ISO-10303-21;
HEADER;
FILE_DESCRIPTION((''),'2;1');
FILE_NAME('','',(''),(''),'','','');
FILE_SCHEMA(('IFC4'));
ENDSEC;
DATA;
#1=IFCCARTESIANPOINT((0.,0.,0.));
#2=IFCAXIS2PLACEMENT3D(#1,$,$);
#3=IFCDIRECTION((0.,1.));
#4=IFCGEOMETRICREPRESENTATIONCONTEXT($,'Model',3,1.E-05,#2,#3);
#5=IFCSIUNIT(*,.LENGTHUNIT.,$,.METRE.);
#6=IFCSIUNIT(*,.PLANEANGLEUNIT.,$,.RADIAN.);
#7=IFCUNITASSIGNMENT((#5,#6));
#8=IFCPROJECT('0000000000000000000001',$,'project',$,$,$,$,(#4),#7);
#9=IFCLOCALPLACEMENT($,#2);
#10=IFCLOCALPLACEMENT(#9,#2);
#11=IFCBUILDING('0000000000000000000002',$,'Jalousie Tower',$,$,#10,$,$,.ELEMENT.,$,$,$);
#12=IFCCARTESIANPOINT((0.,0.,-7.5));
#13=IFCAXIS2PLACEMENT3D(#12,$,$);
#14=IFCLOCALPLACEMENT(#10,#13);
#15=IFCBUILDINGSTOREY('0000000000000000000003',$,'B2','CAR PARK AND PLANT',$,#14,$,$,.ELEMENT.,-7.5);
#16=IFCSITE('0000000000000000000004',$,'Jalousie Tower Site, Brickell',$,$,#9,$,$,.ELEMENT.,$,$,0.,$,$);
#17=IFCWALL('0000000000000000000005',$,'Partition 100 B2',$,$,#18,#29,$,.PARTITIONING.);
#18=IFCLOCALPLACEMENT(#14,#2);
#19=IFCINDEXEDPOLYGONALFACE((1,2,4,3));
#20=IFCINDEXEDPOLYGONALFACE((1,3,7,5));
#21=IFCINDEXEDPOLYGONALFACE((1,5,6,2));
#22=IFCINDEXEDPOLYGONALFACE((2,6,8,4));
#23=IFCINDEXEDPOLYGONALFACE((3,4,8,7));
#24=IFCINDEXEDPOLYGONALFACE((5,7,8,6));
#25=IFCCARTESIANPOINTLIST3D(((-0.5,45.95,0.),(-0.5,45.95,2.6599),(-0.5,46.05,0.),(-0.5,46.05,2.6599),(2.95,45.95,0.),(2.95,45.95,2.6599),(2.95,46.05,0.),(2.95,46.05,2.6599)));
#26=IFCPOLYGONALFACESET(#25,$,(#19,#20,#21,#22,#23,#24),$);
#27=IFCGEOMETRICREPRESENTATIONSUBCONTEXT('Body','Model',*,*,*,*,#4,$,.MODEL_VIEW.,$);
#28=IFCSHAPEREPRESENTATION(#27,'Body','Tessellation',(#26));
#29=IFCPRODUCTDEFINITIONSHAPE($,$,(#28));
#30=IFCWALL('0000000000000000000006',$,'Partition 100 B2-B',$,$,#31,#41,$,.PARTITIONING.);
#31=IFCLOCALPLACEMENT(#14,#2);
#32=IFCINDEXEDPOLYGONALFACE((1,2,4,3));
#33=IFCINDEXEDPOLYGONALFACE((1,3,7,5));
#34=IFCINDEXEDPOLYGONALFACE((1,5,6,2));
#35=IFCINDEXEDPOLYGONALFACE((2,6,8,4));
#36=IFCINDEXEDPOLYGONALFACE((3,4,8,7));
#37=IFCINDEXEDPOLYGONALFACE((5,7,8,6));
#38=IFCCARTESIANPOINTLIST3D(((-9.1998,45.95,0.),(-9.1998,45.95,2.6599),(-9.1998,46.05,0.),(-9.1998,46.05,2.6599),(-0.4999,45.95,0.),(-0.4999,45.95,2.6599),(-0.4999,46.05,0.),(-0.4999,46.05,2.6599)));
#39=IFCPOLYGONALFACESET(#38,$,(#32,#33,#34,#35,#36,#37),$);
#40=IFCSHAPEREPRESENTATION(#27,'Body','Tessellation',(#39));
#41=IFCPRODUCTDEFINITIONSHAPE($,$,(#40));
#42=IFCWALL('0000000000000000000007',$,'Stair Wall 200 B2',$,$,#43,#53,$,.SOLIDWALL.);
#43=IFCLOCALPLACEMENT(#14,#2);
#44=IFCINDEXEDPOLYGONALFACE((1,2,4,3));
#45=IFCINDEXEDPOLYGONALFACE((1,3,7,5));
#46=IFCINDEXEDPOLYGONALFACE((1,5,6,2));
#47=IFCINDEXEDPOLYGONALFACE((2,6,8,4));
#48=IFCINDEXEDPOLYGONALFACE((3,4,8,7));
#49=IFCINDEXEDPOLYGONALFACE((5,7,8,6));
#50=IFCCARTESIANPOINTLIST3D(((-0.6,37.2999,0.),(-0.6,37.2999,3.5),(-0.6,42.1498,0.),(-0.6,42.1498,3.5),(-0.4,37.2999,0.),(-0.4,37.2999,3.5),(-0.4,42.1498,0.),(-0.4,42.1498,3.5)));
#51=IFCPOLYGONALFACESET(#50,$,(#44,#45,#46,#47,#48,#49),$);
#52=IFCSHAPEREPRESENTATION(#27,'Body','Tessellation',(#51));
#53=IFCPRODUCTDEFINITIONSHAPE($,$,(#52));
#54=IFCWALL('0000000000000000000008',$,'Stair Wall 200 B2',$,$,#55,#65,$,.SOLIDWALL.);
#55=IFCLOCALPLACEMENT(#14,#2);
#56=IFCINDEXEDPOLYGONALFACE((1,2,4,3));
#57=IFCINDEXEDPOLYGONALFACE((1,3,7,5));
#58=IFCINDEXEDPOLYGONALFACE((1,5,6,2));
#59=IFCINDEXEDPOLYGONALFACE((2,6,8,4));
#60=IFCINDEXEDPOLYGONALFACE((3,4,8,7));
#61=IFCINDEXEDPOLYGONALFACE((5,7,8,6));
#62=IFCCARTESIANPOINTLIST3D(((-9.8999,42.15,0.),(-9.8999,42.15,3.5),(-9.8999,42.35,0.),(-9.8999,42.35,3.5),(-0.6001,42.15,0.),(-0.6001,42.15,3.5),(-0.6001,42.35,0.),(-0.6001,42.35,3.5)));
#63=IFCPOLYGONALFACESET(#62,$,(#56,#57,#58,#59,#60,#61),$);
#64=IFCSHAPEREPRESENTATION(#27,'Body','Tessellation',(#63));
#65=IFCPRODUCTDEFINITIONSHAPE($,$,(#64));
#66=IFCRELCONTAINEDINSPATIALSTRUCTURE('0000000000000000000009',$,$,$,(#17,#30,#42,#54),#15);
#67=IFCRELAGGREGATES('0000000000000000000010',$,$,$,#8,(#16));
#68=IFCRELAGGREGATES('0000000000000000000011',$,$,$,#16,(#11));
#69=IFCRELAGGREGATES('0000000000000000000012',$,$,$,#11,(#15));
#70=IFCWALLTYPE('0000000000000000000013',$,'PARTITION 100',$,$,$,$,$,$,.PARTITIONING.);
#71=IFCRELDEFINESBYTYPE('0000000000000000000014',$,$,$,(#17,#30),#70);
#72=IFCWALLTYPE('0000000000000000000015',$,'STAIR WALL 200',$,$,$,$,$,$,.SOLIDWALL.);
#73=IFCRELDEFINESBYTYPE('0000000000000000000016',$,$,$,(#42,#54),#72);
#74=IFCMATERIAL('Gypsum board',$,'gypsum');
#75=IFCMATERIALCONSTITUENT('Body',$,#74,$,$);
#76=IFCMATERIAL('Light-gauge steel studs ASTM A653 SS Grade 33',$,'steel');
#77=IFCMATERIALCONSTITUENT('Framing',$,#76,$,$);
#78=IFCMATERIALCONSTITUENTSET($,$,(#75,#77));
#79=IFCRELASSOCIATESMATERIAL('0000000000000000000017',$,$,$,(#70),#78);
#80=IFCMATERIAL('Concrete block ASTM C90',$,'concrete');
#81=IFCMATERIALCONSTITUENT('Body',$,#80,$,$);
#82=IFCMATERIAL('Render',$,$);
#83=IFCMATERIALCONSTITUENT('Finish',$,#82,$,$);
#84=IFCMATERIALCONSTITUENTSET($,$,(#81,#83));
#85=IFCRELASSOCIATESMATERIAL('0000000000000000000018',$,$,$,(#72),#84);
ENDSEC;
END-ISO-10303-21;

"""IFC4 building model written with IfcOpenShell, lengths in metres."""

from ifc_helpers import new_model, si_unit, direction, frame, frame_2d, origin, place, context, subcontext, project, spatial, polyline, rectangle, outline, extrude, material, constituent, constituent_set, type_object, element, save


model = new_model("IFC4")

# Units and contexts
model_context = context("Model", 3, precision=1e-05, world=origin(), true_north=direction((0.0, 1.0)))
body_context = subcontext(model_context, "Body", "Model", "MODEL_VIEW")
ifc_project = project(units=[si_unit("LENGTHUNIT", "METRE"), si_unit("PLANEANGLEUNIT", "RADIAN")], contexts=[model_context])

# Site, building, storey
site_placement = place(None, origin())
site = spatial("IfcSite", under=ifc_project, at=site_placement, Name="Jalousie Tower Site, Brickell", CompositionType="ELEMENT", RefElevation=0.0)
building_placement = place(site_placement, origin())
building = spatial("IfcBuilding", under=site, at=building_placement, Name="Jalousie Tower", CompositionType="ELEMENT")
storey_placement = place(building_placement, frame((0.0, 0.0, -7.5)))
storey = spatial("IfcBuildingStorey", under=building, at=storey_placement, Name="B2", Description="CAR PARK AND PLANT", CompositionType="ELEMENT", Elevation=-7.5)

# Walls
ifc_material_1 = material(Name="Gypsum board", Category="gypsum")
ifc_constituent_1 = constituent(ifc_material_1, Name="Body")
ifc_material_2 = material(Name="Light-gauge steel studs ASTM A653 SS Grade 33", Category="steel")
ifc_constituent_2 = constituent(ifc_material_2, Name="Framing")
ifc_constituent_set_1 = constituent_set(constituents=[ifc_constituent_1, ifc_constituent_2])
wall_type_1 = type_object("IfcWallType", Name="PARTITION 100", PredefinedType="PARTITIONING", material=ifc_constituent_set_1)
wall_1_placement = place(storey_placement, frame((-0.5, 46.0, 0.0), z_axis=(0.0, 0.0, 1.0), x_axis=(1.0, 0.0, 0.0)))
element("IfcWall", 1, at=wall_1_placement, inside=storey, type_object=wall_type_1, Name="Partition 100 B2", PredefinedType="PARTITIONING", context=body_context, shape_type="SweptSolid", body=[
    extrude(outline(polyline([(0.0, 0.0), (3.45, 0.0), (3.45, 3.26), (3.45, 2.6599), (0.0, 2.6599), (0.0, 3.26), (0.0, 0.0)])), frame((0.0, 0.05, 0.0), z_axis=(0.0, -1.0, 0.0), x_axis=(1.0, 0.0, 0.0)), (0.0, 0.0, 1.0), 0.1001),
])
wall_2_placement = place(storey_placement, frame((-9.2, 46.0, 0.0), z_axis=(0.0, 0.0, 1.0), x_axis=(1.0, 0.0, 0.0)))
element("IfcWall", 2, at=wall_2_placement, inside=storey, type_object=wall_type_1, Name="Partition 100 B2-B", PredefinedType="PARTITIONING", context=body_context, shape_type="SweptSolid", body=[
    extrude(rectangle(XDim=8.7, YDim=0.1001, at=frame_2d((4.3501, 0.0))), origin(), (0.0, 0.0, 1.0), 2.6599),
])
ifc_material_3 = material(Name="Concrete block ASTM C90", Category="concrete")
ifc_constituent_3 = constituent(ifc_material_3, Name="Body")
ifc_material_4 = material(Name="Render")
ifc_constituent_4 = constituent(ifc_material_4, Name="Finish")
ifc_constituent_set_2 = constituent_set(constituents=[ifc_constituent_3, ifc_constituent_4])
wall_type_2 = type_object("IfcWallType", Name="STAIR WALL 200", PredefinedType="SOLIDWALL", material=ifc_constituent_set_2)
wall_3_placement = place(storey_placement, frame((-0.5, 37.3, 0.0), z_axis=(0.0, 0.0, 1.0), x_axis=(0.0, 1.0, 0.0)))
element("IfcWall", 3, at=wall_3_placement, inside=storey, type_object=wall_type_2, Name="Stair Wall 200 B2", PredefinedType="SOLIDWALL", context=body_context, shape_type="SweptSolid", body=[
    extrude(rectangle(XDim=4.8499, YDim=0.2, at=frame_2d((2.4248, 0.0))), origin(), (0.0, 0.0, 1.0), 3.5),
])
wall_4_placement = place(storey_placement, frame((-9.8999, 42.25, 0.0), z_axis=(0.0, 0.0, 1.0), x_axis=(1.0, 0.0, 0.0)))
element("IfcWall", 4, at=wall_4_placement, inside=storey, type_object=wall_type_2, Name="Stair Wall 200 B2", PredefinedType="SOLIDWALL", context=body_context, shape_type="SweptSolid", body=[
    extrude(rectangle(XDim=9.2998, YDim=0.2, at=frame_2d((4.6499, 0.0))), origin(), (0.0, 0.0, 1.0), 3.5),
])

save(model, "model.ifc")
